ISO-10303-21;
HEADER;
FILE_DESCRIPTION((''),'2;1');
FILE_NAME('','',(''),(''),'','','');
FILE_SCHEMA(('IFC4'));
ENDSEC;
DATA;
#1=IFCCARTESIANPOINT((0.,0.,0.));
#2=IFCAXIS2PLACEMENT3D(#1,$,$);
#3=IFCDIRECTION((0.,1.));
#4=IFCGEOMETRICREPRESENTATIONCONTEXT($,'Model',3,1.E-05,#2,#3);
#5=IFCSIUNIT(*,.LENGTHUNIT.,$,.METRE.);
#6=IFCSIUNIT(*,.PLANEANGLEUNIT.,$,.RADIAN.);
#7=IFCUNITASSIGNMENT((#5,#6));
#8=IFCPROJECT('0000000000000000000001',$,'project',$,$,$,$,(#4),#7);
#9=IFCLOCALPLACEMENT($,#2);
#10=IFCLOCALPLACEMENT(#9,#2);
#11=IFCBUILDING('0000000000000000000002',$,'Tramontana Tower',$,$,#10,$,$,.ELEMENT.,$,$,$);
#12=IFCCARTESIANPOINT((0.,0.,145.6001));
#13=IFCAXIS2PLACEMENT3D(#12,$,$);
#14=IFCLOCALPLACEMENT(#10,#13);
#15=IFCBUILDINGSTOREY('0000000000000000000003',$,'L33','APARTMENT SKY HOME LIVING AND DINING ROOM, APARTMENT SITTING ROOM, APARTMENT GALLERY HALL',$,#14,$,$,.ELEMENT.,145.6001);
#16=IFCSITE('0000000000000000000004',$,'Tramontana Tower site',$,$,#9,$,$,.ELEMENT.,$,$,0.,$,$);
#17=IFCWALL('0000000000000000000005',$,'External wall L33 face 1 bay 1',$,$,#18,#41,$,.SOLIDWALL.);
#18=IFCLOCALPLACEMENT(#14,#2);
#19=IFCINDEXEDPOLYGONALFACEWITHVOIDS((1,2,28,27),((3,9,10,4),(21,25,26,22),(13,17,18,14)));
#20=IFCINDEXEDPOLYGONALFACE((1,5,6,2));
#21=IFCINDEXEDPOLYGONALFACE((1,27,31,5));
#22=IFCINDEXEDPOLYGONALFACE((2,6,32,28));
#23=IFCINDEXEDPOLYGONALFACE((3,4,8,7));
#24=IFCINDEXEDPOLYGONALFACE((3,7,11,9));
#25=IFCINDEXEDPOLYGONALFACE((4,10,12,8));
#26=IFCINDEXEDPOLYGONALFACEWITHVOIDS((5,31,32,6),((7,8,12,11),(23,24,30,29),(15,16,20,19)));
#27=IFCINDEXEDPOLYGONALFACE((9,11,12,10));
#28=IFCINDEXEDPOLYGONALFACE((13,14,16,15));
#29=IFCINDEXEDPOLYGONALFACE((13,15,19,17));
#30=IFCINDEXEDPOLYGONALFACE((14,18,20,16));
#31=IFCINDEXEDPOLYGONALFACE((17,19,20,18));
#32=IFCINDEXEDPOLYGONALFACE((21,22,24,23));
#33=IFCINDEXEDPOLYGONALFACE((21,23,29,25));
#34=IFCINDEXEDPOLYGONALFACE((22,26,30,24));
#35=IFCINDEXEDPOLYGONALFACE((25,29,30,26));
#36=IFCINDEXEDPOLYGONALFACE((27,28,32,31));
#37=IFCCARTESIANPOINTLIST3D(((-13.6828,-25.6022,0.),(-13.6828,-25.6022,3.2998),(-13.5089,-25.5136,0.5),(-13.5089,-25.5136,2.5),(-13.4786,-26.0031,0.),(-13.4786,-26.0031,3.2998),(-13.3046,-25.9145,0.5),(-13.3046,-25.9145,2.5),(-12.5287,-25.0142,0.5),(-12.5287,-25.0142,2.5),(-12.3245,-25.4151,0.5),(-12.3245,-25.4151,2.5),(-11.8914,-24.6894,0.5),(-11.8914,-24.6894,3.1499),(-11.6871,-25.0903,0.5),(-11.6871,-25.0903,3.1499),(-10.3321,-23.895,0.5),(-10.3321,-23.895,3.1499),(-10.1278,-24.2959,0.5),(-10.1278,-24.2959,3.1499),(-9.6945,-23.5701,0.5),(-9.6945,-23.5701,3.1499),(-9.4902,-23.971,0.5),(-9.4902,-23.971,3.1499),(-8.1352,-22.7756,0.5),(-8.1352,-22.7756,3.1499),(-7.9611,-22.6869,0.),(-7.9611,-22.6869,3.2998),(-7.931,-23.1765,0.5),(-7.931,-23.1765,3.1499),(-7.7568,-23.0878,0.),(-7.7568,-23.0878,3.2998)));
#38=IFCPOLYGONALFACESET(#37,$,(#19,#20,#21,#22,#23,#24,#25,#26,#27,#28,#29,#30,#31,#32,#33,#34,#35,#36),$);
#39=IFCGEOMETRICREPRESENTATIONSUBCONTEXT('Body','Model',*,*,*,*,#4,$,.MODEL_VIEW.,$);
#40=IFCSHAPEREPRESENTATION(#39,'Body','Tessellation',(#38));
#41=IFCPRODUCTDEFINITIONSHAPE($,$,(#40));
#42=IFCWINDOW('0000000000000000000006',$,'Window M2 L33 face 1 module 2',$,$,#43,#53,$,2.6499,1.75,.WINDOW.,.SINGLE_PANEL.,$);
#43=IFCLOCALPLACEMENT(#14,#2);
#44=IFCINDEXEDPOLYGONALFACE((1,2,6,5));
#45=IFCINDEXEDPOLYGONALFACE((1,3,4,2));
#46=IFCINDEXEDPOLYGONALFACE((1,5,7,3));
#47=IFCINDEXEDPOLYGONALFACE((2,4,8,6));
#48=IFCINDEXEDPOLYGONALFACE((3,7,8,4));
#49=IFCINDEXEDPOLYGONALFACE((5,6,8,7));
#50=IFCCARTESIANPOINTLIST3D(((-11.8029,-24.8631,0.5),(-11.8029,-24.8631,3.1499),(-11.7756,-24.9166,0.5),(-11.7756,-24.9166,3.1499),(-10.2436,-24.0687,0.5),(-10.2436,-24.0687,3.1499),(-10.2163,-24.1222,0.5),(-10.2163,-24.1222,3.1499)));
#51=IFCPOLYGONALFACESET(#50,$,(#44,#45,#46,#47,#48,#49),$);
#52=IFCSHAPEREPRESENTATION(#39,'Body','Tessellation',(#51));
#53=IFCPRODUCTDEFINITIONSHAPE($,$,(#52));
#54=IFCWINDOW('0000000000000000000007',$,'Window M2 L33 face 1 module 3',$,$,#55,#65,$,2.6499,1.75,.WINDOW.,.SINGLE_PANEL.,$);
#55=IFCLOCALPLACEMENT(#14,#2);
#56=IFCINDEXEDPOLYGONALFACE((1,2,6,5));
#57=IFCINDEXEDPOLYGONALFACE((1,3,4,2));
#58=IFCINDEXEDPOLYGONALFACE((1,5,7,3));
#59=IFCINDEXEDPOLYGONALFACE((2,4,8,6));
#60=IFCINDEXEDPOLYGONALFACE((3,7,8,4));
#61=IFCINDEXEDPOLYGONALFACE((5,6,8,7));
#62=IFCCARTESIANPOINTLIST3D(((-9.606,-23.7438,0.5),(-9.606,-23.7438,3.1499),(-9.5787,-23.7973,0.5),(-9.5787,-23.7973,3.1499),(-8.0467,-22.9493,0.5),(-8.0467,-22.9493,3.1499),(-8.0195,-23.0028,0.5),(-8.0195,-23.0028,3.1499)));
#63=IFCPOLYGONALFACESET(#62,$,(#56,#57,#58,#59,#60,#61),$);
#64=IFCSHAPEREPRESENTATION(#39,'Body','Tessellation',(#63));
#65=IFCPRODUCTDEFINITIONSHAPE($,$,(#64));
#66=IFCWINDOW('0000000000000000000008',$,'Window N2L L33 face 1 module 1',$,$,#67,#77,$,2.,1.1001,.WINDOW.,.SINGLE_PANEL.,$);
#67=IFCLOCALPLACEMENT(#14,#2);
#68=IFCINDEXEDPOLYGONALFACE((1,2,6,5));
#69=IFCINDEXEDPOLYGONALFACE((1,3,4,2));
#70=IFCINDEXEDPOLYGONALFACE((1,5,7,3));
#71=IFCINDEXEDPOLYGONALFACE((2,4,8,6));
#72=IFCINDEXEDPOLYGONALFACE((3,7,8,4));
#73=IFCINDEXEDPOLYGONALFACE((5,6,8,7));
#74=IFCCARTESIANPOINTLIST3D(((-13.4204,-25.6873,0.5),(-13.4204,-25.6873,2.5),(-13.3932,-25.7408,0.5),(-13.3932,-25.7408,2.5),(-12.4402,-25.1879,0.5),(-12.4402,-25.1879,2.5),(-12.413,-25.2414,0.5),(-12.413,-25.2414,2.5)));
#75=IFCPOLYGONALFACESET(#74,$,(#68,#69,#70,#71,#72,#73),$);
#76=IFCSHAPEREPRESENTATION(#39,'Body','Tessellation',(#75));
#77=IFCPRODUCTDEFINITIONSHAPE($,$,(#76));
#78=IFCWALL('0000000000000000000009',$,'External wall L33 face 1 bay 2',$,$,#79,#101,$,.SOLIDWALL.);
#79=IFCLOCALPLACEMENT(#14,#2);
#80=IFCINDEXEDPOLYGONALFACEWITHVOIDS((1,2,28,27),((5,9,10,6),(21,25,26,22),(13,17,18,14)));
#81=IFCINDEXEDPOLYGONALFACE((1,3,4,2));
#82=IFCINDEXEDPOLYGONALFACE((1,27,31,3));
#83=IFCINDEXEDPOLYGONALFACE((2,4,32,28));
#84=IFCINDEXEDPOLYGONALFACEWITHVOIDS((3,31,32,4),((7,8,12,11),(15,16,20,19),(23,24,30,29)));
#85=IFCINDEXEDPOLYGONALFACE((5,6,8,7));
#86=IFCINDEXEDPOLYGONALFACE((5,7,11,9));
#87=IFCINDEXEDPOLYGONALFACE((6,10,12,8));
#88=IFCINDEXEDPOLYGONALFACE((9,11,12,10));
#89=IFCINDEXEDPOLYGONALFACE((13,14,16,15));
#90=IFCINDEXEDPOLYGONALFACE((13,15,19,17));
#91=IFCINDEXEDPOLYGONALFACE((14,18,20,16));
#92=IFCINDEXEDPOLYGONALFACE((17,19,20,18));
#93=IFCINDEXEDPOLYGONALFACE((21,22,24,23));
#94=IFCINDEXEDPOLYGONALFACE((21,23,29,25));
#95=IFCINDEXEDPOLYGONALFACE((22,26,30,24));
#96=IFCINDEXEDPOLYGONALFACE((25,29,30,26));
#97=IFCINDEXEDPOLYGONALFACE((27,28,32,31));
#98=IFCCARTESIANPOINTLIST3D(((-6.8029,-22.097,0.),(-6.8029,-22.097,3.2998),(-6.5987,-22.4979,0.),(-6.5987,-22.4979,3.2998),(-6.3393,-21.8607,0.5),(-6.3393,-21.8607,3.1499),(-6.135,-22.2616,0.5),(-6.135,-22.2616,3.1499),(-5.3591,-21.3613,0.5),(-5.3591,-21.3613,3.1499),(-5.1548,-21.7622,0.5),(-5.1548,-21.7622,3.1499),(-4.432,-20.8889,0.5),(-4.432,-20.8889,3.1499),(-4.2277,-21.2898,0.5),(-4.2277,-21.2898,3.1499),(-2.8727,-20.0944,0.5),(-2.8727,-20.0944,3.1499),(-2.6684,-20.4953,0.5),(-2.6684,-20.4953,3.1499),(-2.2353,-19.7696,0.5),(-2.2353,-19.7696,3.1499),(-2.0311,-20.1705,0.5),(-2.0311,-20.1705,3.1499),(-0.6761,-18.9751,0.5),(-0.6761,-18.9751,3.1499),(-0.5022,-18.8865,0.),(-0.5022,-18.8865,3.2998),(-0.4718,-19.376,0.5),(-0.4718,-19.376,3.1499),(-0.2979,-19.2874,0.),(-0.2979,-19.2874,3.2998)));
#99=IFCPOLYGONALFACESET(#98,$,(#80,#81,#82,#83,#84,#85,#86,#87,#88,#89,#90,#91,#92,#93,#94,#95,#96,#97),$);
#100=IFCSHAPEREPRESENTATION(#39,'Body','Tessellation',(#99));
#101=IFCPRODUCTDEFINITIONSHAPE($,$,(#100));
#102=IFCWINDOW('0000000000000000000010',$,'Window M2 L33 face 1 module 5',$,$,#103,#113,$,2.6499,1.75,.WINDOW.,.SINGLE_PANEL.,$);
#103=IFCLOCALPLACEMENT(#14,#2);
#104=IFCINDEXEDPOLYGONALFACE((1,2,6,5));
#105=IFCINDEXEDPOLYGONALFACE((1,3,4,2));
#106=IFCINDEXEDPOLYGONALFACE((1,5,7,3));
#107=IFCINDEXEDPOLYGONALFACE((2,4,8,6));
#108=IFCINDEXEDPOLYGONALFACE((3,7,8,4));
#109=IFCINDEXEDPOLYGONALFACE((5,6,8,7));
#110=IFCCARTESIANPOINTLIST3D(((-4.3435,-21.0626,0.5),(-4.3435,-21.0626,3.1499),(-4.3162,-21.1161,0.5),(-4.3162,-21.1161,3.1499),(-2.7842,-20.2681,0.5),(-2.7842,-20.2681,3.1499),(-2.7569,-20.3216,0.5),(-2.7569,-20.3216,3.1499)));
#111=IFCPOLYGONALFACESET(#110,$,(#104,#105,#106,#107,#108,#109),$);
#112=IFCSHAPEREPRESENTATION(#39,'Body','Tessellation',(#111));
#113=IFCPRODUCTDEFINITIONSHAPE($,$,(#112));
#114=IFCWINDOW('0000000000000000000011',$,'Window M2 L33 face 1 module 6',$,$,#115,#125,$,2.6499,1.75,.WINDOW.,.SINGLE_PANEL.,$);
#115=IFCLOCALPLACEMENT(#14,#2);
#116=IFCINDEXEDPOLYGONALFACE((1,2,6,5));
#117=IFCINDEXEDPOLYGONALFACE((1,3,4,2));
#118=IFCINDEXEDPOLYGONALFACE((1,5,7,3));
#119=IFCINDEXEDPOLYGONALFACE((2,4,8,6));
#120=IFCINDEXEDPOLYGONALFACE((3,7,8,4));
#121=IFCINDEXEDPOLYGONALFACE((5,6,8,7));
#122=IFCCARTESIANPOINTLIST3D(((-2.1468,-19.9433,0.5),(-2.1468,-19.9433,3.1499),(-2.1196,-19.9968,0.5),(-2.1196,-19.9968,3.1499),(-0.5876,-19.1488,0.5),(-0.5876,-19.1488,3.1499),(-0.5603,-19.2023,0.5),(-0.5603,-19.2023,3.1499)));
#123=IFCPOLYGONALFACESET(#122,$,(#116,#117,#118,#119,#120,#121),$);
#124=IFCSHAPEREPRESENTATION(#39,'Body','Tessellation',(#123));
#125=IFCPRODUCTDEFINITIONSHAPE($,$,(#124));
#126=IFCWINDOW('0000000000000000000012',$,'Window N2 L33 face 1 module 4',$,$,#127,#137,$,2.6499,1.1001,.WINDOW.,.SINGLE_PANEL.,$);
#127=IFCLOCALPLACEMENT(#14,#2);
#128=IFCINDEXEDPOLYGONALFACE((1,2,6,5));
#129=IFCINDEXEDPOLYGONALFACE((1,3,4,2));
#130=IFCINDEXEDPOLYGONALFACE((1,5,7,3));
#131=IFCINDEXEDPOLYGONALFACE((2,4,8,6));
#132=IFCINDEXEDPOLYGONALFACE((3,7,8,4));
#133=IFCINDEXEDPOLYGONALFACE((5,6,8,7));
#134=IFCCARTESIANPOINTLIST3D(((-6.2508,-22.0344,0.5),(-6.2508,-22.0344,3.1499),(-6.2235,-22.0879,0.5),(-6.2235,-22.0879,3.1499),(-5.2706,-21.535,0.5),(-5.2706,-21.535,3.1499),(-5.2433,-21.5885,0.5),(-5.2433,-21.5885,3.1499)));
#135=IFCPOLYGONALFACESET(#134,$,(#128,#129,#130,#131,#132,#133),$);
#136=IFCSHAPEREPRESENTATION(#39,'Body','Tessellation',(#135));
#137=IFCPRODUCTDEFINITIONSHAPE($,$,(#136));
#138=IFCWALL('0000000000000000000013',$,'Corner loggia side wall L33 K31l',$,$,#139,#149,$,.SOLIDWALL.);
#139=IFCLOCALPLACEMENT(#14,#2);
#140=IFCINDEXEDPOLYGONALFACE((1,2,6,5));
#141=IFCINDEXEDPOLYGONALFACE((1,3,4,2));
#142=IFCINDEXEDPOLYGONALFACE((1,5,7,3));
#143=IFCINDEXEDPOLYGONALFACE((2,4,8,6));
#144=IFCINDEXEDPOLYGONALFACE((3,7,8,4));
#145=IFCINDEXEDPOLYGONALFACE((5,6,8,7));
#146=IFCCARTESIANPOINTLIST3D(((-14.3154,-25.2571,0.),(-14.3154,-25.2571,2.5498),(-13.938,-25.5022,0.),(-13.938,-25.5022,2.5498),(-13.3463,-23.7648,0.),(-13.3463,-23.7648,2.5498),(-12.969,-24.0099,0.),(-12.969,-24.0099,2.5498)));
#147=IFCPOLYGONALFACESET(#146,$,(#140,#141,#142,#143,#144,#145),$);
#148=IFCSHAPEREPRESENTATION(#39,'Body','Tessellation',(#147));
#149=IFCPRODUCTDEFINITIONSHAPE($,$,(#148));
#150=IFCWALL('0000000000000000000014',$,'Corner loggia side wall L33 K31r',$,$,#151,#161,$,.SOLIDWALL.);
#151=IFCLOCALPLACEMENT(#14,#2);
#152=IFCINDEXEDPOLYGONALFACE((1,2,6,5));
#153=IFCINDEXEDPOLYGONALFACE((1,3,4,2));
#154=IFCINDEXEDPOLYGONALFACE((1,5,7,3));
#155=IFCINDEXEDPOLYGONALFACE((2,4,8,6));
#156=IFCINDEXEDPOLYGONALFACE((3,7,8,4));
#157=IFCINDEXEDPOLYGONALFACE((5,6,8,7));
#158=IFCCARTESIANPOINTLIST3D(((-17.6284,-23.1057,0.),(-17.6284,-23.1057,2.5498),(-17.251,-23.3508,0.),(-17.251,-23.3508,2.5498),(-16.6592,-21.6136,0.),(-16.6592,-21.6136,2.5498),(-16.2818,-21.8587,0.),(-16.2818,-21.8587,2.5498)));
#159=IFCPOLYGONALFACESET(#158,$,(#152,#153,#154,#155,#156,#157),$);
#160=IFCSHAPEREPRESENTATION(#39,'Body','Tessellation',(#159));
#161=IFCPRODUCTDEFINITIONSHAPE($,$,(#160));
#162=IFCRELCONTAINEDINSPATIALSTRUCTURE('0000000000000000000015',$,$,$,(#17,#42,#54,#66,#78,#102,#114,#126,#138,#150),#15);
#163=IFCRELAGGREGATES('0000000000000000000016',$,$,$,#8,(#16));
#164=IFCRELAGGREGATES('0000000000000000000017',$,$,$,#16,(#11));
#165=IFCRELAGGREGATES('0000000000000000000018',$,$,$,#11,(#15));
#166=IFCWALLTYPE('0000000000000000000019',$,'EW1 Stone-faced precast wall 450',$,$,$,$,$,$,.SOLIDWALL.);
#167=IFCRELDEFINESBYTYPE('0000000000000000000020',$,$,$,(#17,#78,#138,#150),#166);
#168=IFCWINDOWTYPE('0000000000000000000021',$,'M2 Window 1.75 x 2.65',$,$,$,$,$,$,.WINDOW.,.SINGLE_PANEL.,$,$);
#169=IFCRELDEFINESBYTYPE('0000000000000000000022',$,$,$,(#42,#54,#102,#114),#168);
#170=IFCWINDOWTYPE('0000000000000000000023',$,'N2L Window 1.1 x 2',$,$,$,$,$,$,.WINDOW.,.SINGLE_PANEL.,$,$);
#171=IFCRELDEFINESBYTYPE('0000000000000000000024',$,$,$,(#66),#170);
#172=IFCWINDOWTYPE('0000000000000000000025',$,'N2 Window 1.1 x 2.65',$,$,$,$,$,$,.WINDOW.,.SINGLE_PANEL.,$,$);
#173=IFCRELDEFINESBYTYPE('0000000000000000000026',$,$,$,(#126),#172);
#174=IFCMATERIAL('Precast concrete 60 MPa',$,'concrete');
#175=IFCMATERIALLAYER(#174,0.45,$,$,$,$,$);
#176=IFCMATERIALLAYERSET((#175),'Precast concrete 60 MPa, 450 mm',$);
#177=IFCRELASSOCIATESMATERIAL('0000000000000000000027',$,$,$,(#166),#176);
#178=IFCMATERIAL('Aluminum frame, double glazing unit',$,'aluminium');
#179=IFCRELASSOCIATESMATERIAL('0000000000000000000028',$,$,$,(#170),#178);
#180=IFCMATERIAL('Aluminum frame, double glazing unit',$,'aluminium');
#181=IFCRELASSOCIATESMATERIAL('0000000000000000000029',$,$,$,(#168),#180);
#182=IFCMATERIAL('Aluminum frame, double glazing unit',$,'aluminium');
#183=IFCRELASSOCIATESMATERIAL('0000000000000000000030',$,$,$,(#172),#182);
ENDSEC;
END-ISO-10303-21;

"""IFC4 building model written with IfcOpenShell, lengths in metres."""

from ifc_helpers import new_model, si_unit, direction, frame, frame_2d, origin, place, context, subcontext, project, spatial, rectangle, extrude, material, layer, layer_set, type_object, element, fill, save


model = new_model("IFC4")

# Units and contexts
model_context = context("Model", 3, precision=1e-05, world=origin(), true_north=direction((0.0, 1.0)))
body_context = subcontext(model_context, "Body", "Model", "MODEL_VIEW")
ifc_project = project(units=[si_unit("LENGTHUNIT", "METRE"), si_unit("PLANEANGLEUNIT", "RADIAN")], contexts=[model_context])

# Site, building, storey
site_placement = place(None, origin())
site = spatial("IfcSite", under=ifc_project, at=site_placement, Name="Tramontana Tower site", CompositionType="ELEMENT", RefElevation=0.0)
building_placement = place(site_placement, origin())
building = spatial("IfcBuilding", under=site, at=building_placement, Name="Tramontana Tower", CompositionType="ELEMENT")
storey_placement = place(building_placement, frame((0.0, 0.0, 145.6001)))
storey = spatial("IfcBuildingStorey", under=building, at=storey_placement, Name="L33", Description="APARTMENT SKY HOME LIVING AND DINING ROOM, APARTMENT SITTING ROOM, APARTMENT GALLERY HALL", CompositionType="ELEMENT", Elevation=145.6001)

# Shared definitions
ifc_material_1 = material(Name="Precast concrete 60 MPa", Category="concrete")
ifc_layer_1 = layer(ifc_material_1, 0.45)
ifc_layer_set_1 = layer_set([ifc_layer_1], Name="Precast concrete 60 MPa, 450 mm")
wall_type_1 = type_object("IfcWallType", Name="EW1 Stone-faced precast wall 450", PredefinedType="SOLIDWALL", material=ifc_layer_set_1)
ifc_material_2 = material(Name="Aluminum frame, double glazing unit", Category="aluminium")
window_type_1 = type_object("IfcWindowType", Name="N2L Window 1.1 x 2", PartitioningType="SINGLE_PANEL", PredefinedType="WINDOW", material=ifc_material_2)

# Walls, openings, windows
wall_1_placement = place(storey_placement, frame((-13.5808, -25.8027, 0.0), z_axis=(0.0, 0.0, 1.0), x_axis=(0.89101, 0.453983, 0.0)))
wall_1 = element("IfcWall", 1, at=wall_1_placement, inside=storey, type_object=wall_type_1, Name="External wall L33 face 1 bay 1", PredefinedType="SOLIDWALL", context=body_context, shape_type="SweptSolid", body=[
    extrude(rectangle(XDim=6.4216, YDim=0.45, at=frame_2d((3.2109, 0.0))), origin(), (0.0, 0.0, 1.0), 3.2998),
])
opening_1_placement = place(wall_1_placement, frame((0.1953, 0.0, 0.5)))
opening_1 = element("IfcOpeningElement", 2, at=opening_1_placement, cuts=wall_1, PredefinedType="OPENING", context=body_context, shape_type="SweptSolid", body=[
    extrude(rectangle(XDim=1.1001, YDim=2.0, at=frame_2d((0.55, 1.0))), frame((0.0, 0.2349, 0.0), z_axis=(0.0, -1.0, 0.0), x_axis=(1.0, 0.0, 0.0)), (0.0, 0.0, 1.0), 0.47),
])
opening_2_placement = place(wall_1_placement, frame((2.0107, 0.0, 0.5)))
opening_2 = element("IfcOpeningElement", 3, at=opening_2_placement, cuts=wall_1, PredefinedType="OPENING", context=body_context, shape_type="SweptSolid", body=[
    extrude(rectangle(XDim=1.75, YDim=2.6499, at=frame_2d((0.875, 1.325))), frame((0.0, 0.2349, 0.0), z_axis=(0.0, -1.0, 0.0), x_axis=(1.0, 0.0, 0.0)), (0.0, 0.0, 1.0), 0.47),
])
opening_3_placement = place(wall_1_placement, frame((4.4763, 0.0, 0.5)))
opening_3 = element("IfcOpeningElement", 4, at=opening_3_placement, cuts=wall_1, PredefinedType="OPENING", context=body_context, shape_type="SweptSolid", body=[
    extrude(rectangle(XDim=1.75, YDim=2.6499, at=frame_2d((0.875, 1.325))), frame((0.0, 0.2349, 0.0), z_axis=(0.0, -1.0, 0.0), x_axis=(1.0, 0.0, 0.0)), (0.0, 0.0, 1.0), 0.47),
])
ifc_material_3 = material(Name="Aluminum frame, double glazing unit", Category="aluminium")
window_type_2 = type_object("IfcWindowType", Name="M2 Window 1.75 x 2.65", PartitioningType="SINGLE_PANEL", PredefinedType="WINDOW", material=ifc_material_3)
window_1_placement = place(opening_2_placement, origin())
window_1 = element("IfcWindow", 5, at=window_1_placement, inside=storey, type_object=window_type_2, Name="Window M2 L33 face 1 module 2", OverallHeight=2.6499, OverallWidth=1.75, PartitioningType="SINGLE_PANEL", PredefinedType="WINDOW", context=body_context, shape_type="SweptSolid", body=[
    extrude(rectangle(XDim=1.75, YDim=2.6499, at=frame_2d((0.875, 1.325))), frame((0.0, 0.03, 0.0), z_axis=(0.0, -1.0, 0.0), x_axis=(1.0, 0.0, 0.0)), (0.0, 0.0, 1.0), 0.0601),
])
fill(opening_2, window_1)
window_2_placement = place(opening_3_placement, origin())
window_2 = element("IfcWindow", 6, at=window_2_placement, inside=storey, type_object=window_type_2, Name="Window M2 L33 face 1 module 3", OverallHeight=2.6499, OverallWidth=1.75, PartitioningType="SINGLE_PANEL", PredefinedType="WINDOW", context=body_context, shape_type="SweptSolid", body=[
    extrude(rectangle(XDim=1.75, YDim=2.6499, at=frame_2d((0.875, 1.325))), frame((0.0, 0.03, 0.0), z_axis=(0.0, -1.0, 0.0), x_axis=(1.0, 0.0, 0.0)), (0.0, 0.0, 1.0), 0.0601),
])
fill(opening_3, window_2)
window_3_placement = place(opening_1_placement, origin())
window_3 = element("IfcWindow", 7, at=window_3_placement, inside=storey, type_object=window_type_1, Name="Window N2L L33 face 1 module 1", OverallHeight=2.0, OverallWidth=1.1001, PartitioningType="SINGLE_PANEL", PredefinedType="WINDOW", context=body_context, shape_type="SweptSolid", body=[
    extrude(rectangle(XDim=1.1001, YDim=2.0, at=frame_2d((0.55, 1.0))), frame((0.0, 0.03, 0.0), z_axis=(0.0, -1.0, 0.0), x_axis=(1.0, 0.0, 0.0)), (0.0, 0.0, 1.0), 0.0601),
])
fill(opening_1, window_3)
wall_2_placement = place(storey_placement, frame((-6.7007, -22.2974, 0.0), z_axis=(0.0, 0.0, 1.0), x_axis=(0.891004, 0.453995, 0.0)))
wall_2 = element("IfcWall", 8, at=wall_2_placement, inside=storey, type_object=wall_type_1, Name="External wall L33 face 1 bay 2", PredefinedType="SOLIDWALL", context=body_context, shape_type="SweptSolid", body=[
    extrude(rectangle(XDim=7.0715, YDim=0.45, at=frame_2d((3.5356, 0.0))), origin(), (0.0, 0.0, 1.0), 3.2998),
])
opening_4_placement = place(wall_2_placement, frame((0.5203, 0.0, 0.5)))
opening_4 = element("IfcOpeningElement", 9, at=opening_4_placement, cuts=wall_2, PredefinedType="OPENING", context=body_context, shape_type="SweptSolid", body=[
    extrude(rectangle(XDim=1.1001, YDim=2.6499, at=frame_2d((0.55, 1.325))), frame((0.0, 0.2349, 0.0), z_axis=(0.0, -1.0, 0.0), x_axis=(1.0, 0.0, 0.0)), (0.0, 0.0, 1.0), 0.47),
])
opening_5_placement = place(wall_2_placement, frame((2.6609, 0.0, 0.5)))
opening_5 = element("IfcOpeningElement", 10, at=opening_5_placement, cuts=wall_2, PredefinedType="OPENING", context=body_context, shape_type="SweptSolid", body=[
    extrude(rectangle(XDim=1.75, YDim=2.6499, at=frame_2d((0.875, 1.325))), frame((0.0, 0.2349, 0.0), z_axis=(0.0, -1.0, 0.0), x_axis=(1.0, 0.0, 0.0)), (0.0, 0.0, 1.0), 0.47),
])
opening_6_placement = place(wall_2_placement, frame((5.1262, 0.0, 0.5)))
opening_6 = element("IfcOpeningElement", 11, at=opening_6_placement, cuts=wall_2, PredefinedType="OPENING", context=body_context, shape_type="SweptSolid", body=[
    extrude(rectangle(XDim=1.75, YDim=2.6499, at=frame_2d((0.875, 1.325))), frame((0.0, 0.2349, 0.0), z_axis=(0.0, -1.0, 0.0), x_axis=(1.0, 0.0, 0.0)), (0.0, 0.0, 1.0), 0.47),
])
window_4_placement = place(opening_5_placement, origin())
window_4 = element("IfcWindow", 12, at=window_4_placement, inside=storey, type_object=window_type_2, Name="Window M2 L33 face 1 module 5", OverallHeight=2.6499, OverallWidth=1.75, PartitioningType="SINGLE_PANEL", PredefinedType="WINDOW", context=body_context, shape_type="SweptSolid", body=[
    extrude(rectangle(XDim=1.75, YDim=2.6499, at=frame_2d((0.875, 1.325))), frame((0.0, 0.03, 0.0), z_axis=(0.0, -1.0, 0.0), x_axis=(1.0, 0.0, 0.0)), (0.0, 0.0, 1.0), 0.0601),
])
fill(opening_5, window_4)
window_5_placement = place(opening_6_placement, origin())
window_5 = element("IfcWindow", 13, at=window_5_placement, inside=storey, type_object=window_type_2, Name="Window M2 L33 face 1 module 6", OverallHeight=2.6499, OverallWidth=1.75, PartitioningType="SINGLE_PANEL", PredefinedType="WINDOW", context=body_context, shape_type="SweptSolid", body=[
    extrude(rectangle(XDim=1.75, YDim=2.6499, at=frame_2d((0.875, 1.325))), frame((0.0, 0.03, 0.0), z_axis=(0.0, -1.0, 0.0), x_axis=(1.0, 0.0, 0.0)), (0.0, 0.0, 1.0), 0.0601),
])
fill(opening_6, window_5)
ifc_material_4 = material(Name="Aluminum frame, double glazing unit", Category="aluminium")
window_type_3 = type_object("IfcWindowType", Name="N2 Window 1.1 x 2.65", PartitioningType="SINGLE_PANEL", PredefinedType="WINDOW", material=ifc_material_4)
window_6_placement = place(opening_4_placement, origin())
window_6 = element("IfcWindow", 14, at=window_6_placement, inside=storey, type_object=window_type_3, Name="Window N2 L33 face 1 module 4", OverallHeight=2.6499, OverallWidth=1.1001, PartitioningType="SINGLE_PANEL", PredefinedType="WINDOW", context=body_context, shape_type="SweptSolid", body=[
    extrude(rectangle(XDim=1.1001, YDim=2.6499, at=frame_2d((0.55, 1.325))), frame((0.0, 0.03, 0.0), z_axis=(0.0, -1.0, 0.0), x_axis=(1.0, 0.0, 0.0)), (0.0, 0.0, 1.0), 0.0601),
])
fill(opening_4, window_6)

# Walls
for number, where, z_axis, x_axis, name in (
    (15, (-14.1267, -25.3796, 0.0), (0.0, 0.0, 1.0), (0.544622, 0.838682, 0.0), "Corner loggia side wall L33 K31l"),
    (16, (-17.4397, -23.2283, 0.0), (0.0, 0.0, 1.0), (0.544718, 0.838619, 0.0), "Corner loggia side wall L33 K31r"),
):
    element("IfcWall", number, at=place(storey_placement, frame(where, z_axis=z_axis, x_axis=x_axis)), inside=storey, type_object=wall_type_1, Name=name, PredefinedType="SOLIDWALL", context=body_context, shape_type="SweptSolid", body=[
        extrude(rectangle(XDim=1.7793, YDim=0.45, at=frame_2d((0.8896, 0.0))), origin(), (0.0, 0.0, 1.0), 2.5498),
    ])

save(model, "model.ifc")
